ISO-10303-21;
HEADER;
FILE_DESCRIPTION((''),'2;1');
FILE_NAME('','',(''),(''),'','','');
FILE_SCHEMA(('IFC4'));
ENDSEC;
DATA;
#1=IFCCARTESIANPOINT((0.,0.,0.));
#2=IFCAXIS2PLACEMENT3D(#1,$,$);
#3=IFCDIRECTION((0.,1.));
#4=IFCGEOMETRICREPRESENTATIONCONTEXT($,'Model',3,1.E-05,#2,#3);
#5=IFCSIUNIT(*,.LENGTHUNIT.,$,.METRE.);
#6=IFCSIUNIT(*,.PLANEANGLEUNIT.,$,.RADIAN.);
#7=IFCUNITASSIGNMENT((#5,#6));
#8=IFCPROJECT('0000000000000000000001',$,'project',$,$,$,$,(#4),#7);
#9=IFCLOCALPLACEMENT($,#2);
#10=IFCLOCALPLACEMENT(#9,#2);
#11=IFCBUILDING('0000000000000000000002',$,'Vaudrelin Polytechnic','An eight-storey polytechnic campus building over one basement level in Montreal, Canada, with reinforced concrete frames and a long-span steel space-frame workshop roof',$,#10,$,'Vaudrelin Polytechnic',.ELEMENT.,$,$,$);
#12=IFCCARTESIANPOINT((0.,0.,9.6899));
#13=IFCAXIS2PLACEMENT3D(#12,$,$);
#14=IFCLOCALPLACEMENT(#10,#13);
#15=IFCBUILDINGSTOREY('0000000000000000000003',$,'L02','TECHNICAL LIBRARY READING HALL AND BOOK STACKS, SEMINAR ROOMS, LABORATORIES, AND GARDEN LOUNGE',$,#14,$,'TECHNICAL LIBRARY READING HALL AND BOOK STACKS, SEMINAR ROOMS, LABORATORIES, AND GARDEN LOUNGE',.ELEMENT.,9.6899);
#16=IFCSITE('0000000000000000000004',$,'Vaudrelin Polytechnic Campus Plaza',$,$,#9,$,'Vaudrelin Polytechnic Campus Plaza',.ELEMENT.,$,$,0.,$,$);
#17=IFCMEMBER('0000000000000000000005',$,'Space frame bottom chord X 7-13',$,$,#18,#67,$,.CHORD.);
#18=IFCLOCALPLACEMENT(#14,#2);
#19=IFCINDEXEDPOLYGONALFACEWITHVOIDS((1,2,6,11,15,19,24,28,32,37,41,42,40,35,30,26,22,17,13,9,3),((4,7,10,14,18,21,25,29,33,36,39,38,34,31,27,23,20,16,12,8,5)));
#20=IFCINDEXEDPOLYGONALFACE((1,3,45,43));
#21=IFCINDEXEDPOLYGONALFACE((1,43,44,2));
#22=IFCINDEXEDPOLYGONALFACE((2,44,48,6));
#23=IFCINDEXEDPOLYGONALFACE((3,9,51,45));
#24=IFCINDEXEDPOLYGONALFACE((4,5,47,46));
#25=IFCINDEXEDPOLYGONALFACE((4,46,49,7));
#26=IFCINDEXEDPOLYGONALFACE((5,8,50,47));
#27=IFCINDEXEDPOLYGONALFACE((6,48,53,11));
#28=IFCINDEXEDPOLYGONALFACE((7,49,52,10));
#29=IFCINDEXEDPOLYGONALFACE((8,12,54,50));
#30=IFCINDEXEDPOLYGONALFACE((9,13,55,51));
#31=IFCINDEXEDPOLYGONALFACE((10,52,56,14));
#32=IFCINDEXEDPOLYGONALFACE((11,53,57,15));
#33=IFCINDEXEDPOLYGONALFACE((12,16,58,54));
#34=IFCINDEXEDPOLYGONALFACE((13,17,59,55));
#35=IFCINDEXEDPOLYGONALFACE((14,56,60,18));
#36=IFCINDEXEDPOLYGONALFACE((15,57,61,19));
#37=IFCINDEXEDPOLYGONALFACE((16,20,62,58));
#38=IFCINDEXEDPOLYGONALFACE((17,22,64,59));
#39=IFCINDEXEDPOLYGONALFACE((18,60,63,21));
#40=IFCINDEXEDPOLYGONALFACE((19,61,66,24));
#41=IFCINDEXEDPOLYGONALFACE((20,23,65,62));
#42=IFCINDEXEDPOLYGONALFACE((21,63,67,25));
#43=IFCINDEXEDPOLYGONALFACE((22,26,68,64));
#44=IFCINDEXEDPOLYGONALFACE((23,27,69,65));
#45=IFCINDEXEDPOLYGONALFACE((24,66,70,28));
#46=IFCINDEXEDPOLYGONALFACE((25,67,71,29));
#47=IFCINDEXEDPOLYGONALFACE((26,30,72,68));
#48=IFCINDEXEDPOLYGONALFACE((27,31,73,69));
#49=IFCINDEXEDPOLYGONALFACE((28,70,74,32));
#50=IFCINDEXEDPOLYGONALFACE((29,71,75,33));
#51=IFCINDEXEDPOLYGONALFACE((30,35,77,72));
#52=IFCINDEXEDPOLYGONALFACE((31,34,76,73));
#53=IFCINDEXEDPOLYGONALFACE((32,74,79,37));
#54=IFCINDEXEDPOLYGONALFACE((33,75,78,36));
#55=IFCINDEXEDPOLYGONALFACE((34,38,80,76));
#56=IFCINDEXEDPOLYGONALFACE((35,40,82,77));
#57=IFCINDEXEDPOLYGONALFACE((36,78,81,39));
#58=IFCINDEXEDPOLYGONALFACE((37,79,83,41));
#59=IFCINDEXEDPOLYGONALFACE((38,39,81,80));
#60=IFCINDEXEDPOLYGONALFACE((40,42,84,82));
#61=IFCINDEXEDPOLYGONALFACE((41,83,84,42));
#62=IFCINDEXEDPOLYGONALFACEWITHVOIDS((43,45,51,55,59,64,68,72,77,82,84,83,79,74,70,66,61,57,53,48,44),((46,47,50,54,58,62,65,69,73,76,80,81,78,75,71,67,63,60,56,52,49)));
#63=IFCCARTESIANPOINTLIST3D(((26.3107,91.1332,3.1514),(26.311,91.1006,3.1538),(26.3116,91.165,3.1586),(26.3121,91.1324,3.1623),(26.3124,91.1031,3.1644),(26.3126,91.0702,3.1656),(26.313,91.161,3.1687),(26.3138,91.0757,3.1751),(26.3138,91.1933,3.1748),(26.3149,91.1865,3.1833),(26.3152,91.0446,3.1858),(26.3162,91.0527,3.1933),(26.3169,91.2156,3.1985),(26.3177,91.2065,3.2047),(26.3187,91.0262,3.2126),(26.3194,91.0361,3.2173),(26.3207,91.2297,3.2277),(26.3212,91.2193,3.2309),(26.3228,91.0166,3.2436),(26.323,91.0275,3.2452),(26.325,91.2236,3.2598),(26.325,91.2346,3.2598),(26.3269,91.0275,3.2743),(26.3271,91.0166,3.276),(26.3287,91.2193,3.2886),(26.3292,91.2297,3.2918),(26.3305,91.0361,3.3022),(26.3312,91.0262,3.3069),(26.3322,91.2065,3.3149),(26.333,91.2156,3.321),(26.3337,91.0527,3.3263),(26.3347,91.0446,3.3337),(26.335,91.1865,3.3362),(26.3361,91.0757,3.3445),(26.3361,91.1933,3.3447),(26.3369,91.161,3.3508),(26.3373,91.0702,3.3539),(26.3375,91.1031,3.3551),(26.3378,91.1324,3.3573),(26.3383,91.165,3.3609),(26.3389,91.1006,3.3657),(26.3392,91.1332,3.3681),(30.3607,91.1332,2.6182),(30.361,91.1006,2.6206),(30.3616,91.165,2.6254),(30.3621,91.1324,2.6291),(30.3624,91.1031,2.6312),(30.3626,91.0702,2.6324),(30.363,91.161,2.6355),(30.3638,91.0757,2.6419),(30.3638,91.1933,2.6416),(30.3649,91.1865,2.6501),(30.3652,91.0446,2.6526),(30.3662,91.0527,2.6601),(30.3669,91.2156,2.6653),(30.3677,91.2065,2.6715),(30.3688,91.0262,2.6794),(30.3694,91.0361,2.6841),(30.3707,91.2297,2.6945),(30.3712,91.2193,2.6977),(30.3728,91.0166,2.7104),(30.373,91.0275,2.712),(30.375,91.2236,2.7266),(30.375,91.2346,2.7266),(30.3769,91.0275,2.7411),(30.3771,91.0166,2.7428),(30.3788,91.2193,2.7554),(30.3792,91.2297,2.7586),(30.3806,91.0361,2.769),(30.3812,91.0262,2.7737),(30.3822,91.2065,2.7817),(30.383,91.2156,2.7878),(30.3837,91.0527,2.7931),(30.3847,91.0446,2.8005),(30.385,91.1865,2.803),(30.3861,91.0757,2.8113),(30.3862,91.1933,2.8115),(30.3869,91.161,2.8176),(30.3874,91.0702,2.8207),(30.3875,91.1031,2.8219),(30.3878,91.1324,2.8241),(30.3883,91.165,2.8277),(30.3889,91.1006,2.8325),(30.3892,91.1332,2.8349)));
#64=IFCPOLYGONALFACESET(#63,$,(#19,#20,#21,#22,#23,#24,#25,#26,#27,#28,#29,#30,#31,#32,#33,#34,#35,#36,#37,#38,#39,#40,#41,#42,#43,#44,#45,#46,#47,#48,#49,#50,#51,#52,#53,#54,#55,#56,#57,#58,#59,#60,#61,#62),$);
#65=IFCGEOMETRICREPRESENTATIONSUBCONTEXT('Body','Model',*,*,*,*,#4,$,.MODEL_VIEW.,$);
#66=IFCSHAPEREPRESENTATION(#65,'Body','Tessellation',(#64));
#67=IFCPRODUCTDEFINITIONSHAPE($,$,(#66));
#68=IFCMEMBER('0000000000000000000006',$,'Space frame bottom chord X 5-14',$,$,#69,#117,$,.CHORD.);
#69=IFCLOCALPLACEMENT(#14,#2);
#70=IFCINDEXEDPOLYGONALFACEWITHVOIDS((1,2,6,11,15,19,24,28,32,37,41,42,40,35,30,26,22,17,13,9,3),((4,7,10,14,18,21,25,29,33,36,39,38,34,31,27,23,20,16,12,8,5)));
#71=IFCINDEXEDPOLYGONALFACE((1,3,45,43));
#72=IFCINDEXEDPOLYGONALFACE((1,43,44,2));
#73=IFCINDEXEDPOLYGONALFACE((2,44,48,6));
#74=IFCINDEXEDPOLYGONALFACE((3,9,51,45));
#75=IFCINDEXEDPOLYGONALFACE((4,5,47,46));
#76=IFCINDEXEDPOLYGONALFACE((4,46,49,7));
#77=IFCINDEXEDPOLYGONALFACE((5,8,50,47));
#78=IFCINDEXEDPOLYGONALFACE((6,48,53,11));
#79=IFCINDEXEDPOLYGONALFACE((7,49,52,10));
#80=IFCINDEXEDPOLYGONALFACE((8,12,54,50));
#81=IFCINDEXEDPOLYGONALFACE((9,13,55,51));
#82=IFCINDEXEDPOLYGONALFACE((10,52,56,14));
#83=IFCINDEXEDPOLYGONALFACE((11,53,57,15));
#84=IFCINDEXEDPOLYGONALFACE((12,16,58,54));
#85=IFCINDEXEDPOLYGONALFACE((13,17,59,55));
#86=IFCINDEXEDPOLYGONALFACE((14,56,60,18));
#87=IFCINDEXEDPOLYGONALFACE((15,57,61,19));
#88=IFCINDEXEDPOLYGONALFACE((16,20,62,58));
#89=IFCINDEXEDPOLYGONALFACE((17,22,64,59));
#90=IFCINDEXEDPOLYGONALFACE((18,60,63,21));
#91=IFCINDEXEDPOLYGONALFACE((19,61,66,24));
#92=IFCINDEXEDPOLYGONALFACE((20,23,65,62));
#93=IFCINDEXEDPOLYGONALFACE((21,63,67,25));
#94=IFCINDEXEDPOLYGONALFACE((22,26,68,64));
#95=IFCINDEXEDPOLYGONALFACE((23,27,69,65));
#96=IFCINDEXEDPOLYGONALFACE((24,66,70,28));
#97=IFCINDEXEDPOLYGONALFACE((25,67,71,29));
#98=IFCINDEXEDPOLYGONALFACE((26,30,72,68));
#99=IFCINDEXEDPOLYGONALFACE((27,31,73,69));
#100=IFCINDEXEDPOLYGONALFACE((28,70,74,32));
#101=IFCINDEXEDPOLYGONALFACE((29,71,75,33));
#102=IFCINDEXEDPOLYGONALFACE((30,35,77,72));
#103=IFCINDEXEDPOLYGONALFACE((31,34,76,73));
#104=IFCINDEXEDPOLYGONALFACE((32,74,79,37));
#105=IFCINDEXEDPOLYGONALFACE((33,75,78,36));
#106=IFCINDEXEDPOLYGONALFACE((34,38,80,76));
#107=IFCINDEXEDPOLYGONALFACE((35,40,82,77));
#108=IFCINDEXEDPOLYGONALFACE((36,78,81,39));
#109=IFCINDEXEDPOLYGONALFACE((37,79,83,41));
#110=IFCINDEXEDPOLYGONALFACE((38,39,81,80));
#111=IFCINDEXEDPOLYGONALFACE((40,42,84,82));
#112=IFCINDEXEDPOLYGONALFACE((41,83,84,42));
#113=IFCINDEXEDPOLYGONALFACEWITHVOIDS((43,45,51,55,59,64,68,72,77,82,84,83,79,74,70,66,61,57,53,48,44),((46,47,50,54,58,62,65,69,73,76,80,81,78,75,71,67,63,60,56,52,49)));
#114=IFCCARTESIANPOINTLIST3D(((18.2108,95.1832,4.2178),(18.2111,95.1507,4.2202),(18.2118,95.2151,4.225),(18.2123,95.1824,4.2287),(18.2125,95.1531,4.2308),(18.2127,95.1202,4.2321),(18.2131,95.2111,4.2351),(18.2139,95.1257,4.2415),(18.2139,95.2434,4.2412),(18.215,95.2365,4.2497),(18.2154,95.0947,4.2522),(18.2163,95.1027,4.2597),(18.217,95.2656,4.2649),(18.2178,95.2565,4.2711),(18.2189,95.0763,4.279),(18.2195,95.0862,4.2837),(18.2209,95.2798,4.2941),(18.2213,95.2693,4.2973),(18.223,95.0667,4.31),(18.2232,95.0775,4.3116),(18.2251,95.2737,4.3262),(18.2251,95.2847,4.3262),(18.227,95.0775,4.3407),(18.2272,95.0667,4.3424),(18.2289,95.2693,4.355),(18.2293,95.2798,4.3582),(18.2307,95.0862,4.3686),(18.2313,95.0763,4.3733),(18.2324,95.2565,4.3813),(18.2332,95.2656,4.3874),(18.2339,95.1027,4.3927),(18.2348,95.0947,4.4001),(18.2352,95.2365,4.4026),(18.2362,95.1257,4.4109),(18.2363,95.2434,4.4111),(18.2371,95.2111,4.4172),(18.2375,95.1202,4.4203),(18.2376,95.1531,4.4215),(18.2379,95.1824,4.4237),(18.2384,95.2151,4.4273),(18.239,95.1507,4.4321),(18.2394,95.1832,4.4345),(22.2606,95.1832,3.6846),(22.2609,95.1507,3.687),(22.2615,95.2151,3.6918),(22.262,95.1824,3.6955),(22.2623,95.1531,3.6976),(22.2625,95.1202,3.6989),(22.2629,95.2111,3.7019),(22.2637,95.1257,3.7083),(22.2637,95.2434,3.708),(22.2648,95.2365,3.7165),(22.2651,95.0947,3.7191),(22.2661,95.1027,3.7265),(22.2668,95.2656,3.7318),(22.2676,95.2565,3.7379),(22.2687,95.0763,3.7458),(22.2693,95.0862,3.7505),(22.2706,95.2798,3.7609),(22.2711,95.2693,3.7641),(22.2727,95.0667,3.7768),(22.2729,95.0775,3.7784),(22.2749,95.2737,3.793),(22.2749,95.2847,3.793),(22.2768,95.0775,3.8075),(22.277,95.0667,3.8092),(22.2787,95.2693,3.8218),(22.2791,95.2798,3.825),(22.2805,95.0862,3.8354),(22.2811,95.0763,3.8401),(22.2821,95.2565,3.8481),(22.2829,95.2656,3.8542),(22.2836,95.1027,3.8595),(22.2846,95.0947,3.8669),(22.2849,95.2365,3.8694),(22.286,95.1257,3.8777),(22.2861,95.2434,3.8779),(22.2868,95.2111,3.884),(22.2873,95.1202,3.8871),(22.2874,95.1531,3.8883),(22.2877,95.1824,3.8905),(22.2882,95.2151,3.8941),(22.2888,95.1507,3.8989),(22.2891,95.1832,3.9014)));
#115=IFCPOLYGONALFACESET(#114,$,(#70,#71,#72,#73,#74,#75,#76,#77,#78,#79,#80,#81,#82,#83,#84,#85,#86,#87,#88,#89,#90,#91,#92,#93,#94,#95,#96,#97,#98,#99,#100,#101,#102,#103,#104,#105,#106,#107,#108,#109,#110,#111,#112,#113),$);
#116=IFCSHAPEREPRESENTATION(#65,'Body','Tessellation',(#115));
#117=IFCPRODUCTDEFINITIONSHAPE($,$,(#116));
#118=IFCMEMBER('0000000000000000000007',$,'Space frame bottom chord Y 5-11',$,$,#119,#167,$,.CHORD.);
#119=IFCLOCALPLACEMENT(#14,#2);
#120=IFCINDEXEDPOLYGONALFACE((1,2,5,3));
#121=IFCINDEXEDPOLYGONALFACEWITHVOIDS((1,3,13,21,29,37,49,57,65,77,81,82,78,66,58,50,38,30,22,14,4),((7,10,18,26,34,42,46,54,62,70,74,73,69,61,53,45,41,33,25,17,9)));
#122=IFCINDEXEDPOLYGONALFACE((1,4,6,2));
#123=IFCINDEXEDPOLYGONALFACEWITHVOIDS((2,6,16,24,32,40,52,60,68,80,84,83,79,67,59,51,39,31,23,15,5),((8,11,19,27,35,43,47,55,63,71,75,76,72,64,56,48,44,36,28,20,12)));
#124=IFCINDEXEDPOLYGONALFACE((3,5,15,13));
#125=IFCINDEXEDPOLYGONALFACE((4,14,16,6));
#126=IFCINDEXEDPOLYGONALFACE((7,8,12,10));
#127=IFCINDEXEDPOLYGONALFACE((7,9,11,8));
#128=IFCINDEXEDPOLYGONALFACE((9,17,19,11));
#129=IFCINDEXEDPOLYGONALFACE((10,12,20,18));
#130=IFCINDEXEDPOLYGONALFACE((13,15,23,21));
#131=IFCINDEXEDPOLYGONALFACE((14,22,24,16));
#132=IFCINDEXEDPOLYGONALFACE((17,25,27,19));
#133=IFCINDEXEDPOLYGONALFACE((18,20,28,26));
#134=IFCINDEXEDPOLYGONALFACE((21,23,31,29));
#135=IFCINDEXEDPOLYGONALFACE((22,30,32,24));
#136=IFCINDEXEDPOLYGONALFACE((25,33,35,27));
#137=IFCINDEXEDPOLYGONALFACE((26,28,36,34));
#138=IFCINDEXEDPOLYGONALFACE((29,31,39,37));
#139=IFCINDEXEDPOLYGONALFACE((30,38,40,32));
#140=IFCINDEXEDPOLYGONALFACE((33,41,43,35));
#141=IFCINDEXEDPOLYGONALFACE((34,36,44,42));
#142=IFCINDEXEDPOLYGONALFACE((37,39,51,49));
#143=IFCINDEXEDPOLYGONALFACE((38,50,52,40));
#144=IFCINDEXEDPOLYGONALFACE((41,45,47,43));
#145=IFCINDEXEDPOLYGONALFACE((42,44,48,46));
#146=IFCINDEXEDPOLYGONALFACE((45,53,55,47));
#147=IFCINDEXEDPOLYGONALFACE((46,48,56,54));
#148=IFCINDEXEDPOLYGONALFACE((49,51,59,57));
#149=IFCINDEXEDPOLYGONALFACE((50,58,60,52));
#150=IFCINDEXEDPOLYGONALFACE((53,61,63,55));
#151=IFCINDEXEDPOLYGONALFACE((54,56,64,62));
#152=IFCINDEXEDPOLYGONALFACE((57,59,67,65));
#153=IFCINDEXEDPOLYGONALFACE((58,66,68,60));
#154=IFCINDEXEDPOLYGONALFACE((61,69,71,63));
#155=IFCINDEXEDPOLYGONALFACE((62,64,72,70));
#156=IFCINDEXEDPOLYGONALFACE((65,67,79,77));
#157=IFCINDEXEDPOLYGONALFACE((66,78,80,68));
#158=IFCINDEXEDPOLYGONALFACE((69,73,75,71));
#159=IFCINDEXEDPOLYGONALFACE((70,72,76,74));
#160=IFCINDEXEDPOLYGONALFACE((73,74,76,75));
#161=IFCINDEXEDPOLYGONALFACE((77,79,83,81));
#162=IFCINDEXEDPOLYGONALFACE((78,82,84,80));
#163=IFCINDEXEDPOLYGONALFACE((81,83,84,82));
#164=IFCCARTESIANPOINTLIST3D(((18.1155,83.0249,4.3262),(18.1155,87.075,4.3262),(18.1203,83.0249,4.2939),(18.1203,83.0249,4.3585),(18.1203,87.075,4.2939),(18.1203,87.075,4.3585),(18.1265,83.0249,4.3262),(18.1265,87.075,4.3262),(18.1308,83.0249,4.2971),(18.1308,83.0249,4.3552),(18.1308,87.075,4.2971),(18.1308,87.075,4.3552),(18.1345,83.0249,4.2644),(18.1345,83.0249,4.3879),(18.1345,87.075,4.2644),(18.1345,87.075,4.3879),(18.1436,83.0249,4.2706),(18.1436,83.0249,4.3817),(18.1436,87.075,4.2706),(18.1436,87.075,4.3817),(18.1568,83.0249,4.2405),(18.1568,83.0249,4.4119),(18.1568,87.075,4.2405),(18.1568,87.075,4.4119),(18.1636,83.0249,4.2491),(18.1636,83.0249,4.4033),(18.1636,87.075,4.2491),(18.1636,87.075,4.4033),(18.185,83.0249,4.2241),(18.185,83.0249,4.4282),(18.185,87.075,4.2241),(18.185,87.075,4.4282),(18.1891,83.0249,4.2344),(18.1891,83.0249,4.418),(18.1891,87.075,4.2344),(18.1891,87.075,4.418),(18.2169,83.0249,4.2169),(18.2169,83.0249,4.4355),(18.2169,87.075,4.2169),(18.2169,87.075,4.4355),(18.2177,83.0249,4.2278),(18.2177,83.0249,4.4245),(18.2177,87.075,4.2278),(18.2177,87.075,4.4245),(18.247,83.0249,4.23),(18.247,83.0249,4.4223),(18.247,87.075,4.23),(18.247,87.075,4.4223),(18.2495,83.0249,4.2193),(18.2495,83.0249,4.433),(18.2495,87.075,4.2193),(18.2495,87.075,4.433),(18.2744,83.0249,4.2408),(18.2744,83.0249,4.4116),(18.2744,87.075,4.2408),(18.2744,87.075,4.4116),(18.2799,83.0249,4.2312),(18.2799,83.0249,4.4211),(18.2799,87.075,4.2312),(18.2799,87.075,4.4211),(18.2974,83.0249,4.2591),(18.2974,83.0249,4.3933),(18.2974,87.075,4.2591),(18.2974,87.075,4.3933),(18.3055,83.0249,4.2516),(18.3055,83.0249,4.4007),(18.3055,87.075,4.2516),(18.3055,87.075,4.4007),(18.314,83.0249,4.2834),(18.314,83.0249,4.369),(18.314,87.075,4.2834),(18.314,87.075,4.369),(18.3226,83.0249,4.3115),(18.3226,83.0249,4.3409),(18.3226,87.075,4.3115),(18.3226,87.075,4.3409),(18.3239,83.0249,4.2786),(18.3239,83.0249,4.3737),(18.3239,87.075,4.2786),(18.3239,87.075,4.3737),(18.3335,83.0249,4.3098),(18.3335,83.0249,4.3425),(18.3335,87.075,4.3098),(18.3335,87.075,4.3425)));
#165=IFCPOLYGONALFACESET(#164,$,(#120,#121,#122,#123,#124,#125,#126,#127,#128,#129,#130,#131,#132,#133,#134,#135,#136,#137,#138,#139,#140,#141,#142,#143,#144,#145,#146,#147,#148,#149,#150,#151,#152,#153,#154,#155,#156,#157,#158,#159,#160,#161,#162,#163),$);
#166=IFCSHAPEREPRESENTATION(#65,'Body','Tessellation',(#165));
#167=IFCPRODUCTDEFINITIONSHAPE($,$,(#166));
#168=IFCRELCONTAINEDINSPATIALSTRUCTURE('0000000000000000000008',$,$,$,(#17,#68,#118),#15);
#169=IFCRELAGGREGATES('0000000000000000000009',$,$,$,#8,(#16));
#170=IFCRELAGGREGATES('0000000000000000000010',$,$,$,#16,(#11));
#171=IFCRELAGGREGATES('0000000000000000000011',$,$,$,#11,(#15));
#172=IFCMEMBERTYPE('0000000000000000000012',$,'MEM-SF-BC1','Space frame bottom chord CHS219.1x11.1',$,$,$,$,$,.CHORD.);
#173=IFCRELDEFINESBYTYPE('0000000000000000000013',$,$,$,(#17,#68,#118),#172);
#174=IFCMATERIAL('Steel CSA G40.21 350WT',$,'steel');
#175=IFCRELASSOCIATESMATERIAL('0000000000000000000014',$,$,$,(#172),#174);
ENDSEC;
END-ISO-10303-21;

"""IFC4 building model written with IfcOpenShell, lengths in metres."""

from ifc_helpers import new_model, si_unit, direction, frame, origin, origin_2d, place, context, subcontext, project, spatial, hollow_circle, extrude, material, material_profile, profile_set, type_object, element, save


model = new_model("IFC4")

# Units and contexts
model_context = context("Model", 3, precision=1e-05, world=origin(), true_north=direction((0.0, 1.0)))
body_context = subcontext(model_context, "Body", "Model", "MODEL_VIEW")
ifc_project = project(units=[si_unit("LENGTHUNIT", "METRE"), si_unit("PLANEANGLEUNIT", "RADIAN")], contexts=[model_context])

# Site, building, storey
site_placement = place(None, origin())
site = spatial("IfcSite", under=ifc_project, at=site_placement, Name="Vaudrelin Polytechnic Campus Plaza", LongName="Vaudrelin Polytechnic Campus Plaza", CompositionType="ELEMENT", RefElevation=0.0)
building_placement = place(site_placement, origin())
building = spatial("IfcBuilding", under=site, at=building_placement, Name="Vaudrelin Polytechnic", Description="An eight-storey polytechnic campus building over one basement level in Montreal, Canada, with reinforced concrete frames and a long-span steel space-frame workshop roof", LongName="Vaudrelin Polytechnic", CompositionType="ELEMENT")
storey_placement = place(building_placement, frame((0.0, 0.0, 9.6899)))
storey = spatial("IfcBuildingStorey", under=building, at=storey_placement, Name="L02", Description="TECHNICAL LIBRARY READING HALL AND BOOK STACKS, SEMINAR ROOMS, LABORATORIES, AND GARDEN LOUNGE", LongName="TECHNICAL LIBRARY READING HALL AND BOOK STACKS, SEMINAR ROOMS, LABORATORIES, AND GARDEN LOUNGE", CompositionType="ELEMENT", Elevation=9.6899)

# Shared definitions
ifc_material_1 = material(Name="Steel CSA G40.21 350WT", Category="steel")

# Members
ifc_material_profile_1 = material_profile(ifc_material_1, hollow_circle(Radius=0.1096, WallThickness=0.011, at=origin_2d()), Name="CHS219.1x11.1")
ifc_profile_set_1 = profile_set([ifc_material_profile_1], Name="Steel CSA G40.21 350WT")
member_type_1 = type_object("IfcMemberType", Name="MEM-SF-BC1", Description="Space frame bottom chord CHS219.1x11.1", PredefinedType="CHORD", material=ifc_profile_set_1)
for number, where, z_axis, x_axis, name in (
    (1, (26.325, 91.125, 3.2598), (0.991445, 0.0, -0.130527), (0.0, 1.0, 0.0), "Space frame bottom chord X 7-13"),
):
    element("IfcMember", number, at=place(storey_placement, frame(where, z_axis=z_axis, x_axis=x_axis)), inside=storey, type_object=member_type_1, Name=name, PredefinedType="CHORD", context=body_context, shape_type="SweptSolid", body=[
        extrude(hollow_circle(Radius=0.1096, WallThickness=0.011, at=origin_2d()), origin(), (0.0, 0.0, 1.0), 4.085),
    ])
member_1_placement = place(storey_placement, frame((18.2251, 95.175, 4.3262), z_axis=(0.991444, 0.0, -0.130535), x_axis=(0.0, 1.0, 0.0)))
element("IfcMember", 2, at=member_1_placement, inside=storey, type_object=member_type_1, Name="Space frame bottom chord X 5-14", PredefinedType="CHORD", context=body_context, shape_type="SweptSolid", body=[
    extrude(hollow_circle(Radius=0.1096, WallThickness=0.011, at=origin_2d()), origin(), (0.0, 0.0, 1.0), 4.0847),
])
for number, where, z_axis, x_axis, name in (
    (3, (18.2251, 83.0249, 4.3262), (0.0, 1.0, 0.0), (-1.0, 0.0, 0.0), "Space frame bottom chord Y 5-11"),
):
    element("IfcMember", number, at=place(storey_placement, frame(where, z_axis=z_axis, x_axis=x_axis)), inside=storey, type_object=member_type_1, Name=name, PredefinedType="CHORD", context=body_context, shape_type="SweptSolid", body=[
        extrude(hollow_circle(Radius=0.1096, WallThickness=0.011, at=origin_2d()), origin(), (0.0, 0.0, 1.0), 4.05),
    ])

save(model, "model.ifc")
